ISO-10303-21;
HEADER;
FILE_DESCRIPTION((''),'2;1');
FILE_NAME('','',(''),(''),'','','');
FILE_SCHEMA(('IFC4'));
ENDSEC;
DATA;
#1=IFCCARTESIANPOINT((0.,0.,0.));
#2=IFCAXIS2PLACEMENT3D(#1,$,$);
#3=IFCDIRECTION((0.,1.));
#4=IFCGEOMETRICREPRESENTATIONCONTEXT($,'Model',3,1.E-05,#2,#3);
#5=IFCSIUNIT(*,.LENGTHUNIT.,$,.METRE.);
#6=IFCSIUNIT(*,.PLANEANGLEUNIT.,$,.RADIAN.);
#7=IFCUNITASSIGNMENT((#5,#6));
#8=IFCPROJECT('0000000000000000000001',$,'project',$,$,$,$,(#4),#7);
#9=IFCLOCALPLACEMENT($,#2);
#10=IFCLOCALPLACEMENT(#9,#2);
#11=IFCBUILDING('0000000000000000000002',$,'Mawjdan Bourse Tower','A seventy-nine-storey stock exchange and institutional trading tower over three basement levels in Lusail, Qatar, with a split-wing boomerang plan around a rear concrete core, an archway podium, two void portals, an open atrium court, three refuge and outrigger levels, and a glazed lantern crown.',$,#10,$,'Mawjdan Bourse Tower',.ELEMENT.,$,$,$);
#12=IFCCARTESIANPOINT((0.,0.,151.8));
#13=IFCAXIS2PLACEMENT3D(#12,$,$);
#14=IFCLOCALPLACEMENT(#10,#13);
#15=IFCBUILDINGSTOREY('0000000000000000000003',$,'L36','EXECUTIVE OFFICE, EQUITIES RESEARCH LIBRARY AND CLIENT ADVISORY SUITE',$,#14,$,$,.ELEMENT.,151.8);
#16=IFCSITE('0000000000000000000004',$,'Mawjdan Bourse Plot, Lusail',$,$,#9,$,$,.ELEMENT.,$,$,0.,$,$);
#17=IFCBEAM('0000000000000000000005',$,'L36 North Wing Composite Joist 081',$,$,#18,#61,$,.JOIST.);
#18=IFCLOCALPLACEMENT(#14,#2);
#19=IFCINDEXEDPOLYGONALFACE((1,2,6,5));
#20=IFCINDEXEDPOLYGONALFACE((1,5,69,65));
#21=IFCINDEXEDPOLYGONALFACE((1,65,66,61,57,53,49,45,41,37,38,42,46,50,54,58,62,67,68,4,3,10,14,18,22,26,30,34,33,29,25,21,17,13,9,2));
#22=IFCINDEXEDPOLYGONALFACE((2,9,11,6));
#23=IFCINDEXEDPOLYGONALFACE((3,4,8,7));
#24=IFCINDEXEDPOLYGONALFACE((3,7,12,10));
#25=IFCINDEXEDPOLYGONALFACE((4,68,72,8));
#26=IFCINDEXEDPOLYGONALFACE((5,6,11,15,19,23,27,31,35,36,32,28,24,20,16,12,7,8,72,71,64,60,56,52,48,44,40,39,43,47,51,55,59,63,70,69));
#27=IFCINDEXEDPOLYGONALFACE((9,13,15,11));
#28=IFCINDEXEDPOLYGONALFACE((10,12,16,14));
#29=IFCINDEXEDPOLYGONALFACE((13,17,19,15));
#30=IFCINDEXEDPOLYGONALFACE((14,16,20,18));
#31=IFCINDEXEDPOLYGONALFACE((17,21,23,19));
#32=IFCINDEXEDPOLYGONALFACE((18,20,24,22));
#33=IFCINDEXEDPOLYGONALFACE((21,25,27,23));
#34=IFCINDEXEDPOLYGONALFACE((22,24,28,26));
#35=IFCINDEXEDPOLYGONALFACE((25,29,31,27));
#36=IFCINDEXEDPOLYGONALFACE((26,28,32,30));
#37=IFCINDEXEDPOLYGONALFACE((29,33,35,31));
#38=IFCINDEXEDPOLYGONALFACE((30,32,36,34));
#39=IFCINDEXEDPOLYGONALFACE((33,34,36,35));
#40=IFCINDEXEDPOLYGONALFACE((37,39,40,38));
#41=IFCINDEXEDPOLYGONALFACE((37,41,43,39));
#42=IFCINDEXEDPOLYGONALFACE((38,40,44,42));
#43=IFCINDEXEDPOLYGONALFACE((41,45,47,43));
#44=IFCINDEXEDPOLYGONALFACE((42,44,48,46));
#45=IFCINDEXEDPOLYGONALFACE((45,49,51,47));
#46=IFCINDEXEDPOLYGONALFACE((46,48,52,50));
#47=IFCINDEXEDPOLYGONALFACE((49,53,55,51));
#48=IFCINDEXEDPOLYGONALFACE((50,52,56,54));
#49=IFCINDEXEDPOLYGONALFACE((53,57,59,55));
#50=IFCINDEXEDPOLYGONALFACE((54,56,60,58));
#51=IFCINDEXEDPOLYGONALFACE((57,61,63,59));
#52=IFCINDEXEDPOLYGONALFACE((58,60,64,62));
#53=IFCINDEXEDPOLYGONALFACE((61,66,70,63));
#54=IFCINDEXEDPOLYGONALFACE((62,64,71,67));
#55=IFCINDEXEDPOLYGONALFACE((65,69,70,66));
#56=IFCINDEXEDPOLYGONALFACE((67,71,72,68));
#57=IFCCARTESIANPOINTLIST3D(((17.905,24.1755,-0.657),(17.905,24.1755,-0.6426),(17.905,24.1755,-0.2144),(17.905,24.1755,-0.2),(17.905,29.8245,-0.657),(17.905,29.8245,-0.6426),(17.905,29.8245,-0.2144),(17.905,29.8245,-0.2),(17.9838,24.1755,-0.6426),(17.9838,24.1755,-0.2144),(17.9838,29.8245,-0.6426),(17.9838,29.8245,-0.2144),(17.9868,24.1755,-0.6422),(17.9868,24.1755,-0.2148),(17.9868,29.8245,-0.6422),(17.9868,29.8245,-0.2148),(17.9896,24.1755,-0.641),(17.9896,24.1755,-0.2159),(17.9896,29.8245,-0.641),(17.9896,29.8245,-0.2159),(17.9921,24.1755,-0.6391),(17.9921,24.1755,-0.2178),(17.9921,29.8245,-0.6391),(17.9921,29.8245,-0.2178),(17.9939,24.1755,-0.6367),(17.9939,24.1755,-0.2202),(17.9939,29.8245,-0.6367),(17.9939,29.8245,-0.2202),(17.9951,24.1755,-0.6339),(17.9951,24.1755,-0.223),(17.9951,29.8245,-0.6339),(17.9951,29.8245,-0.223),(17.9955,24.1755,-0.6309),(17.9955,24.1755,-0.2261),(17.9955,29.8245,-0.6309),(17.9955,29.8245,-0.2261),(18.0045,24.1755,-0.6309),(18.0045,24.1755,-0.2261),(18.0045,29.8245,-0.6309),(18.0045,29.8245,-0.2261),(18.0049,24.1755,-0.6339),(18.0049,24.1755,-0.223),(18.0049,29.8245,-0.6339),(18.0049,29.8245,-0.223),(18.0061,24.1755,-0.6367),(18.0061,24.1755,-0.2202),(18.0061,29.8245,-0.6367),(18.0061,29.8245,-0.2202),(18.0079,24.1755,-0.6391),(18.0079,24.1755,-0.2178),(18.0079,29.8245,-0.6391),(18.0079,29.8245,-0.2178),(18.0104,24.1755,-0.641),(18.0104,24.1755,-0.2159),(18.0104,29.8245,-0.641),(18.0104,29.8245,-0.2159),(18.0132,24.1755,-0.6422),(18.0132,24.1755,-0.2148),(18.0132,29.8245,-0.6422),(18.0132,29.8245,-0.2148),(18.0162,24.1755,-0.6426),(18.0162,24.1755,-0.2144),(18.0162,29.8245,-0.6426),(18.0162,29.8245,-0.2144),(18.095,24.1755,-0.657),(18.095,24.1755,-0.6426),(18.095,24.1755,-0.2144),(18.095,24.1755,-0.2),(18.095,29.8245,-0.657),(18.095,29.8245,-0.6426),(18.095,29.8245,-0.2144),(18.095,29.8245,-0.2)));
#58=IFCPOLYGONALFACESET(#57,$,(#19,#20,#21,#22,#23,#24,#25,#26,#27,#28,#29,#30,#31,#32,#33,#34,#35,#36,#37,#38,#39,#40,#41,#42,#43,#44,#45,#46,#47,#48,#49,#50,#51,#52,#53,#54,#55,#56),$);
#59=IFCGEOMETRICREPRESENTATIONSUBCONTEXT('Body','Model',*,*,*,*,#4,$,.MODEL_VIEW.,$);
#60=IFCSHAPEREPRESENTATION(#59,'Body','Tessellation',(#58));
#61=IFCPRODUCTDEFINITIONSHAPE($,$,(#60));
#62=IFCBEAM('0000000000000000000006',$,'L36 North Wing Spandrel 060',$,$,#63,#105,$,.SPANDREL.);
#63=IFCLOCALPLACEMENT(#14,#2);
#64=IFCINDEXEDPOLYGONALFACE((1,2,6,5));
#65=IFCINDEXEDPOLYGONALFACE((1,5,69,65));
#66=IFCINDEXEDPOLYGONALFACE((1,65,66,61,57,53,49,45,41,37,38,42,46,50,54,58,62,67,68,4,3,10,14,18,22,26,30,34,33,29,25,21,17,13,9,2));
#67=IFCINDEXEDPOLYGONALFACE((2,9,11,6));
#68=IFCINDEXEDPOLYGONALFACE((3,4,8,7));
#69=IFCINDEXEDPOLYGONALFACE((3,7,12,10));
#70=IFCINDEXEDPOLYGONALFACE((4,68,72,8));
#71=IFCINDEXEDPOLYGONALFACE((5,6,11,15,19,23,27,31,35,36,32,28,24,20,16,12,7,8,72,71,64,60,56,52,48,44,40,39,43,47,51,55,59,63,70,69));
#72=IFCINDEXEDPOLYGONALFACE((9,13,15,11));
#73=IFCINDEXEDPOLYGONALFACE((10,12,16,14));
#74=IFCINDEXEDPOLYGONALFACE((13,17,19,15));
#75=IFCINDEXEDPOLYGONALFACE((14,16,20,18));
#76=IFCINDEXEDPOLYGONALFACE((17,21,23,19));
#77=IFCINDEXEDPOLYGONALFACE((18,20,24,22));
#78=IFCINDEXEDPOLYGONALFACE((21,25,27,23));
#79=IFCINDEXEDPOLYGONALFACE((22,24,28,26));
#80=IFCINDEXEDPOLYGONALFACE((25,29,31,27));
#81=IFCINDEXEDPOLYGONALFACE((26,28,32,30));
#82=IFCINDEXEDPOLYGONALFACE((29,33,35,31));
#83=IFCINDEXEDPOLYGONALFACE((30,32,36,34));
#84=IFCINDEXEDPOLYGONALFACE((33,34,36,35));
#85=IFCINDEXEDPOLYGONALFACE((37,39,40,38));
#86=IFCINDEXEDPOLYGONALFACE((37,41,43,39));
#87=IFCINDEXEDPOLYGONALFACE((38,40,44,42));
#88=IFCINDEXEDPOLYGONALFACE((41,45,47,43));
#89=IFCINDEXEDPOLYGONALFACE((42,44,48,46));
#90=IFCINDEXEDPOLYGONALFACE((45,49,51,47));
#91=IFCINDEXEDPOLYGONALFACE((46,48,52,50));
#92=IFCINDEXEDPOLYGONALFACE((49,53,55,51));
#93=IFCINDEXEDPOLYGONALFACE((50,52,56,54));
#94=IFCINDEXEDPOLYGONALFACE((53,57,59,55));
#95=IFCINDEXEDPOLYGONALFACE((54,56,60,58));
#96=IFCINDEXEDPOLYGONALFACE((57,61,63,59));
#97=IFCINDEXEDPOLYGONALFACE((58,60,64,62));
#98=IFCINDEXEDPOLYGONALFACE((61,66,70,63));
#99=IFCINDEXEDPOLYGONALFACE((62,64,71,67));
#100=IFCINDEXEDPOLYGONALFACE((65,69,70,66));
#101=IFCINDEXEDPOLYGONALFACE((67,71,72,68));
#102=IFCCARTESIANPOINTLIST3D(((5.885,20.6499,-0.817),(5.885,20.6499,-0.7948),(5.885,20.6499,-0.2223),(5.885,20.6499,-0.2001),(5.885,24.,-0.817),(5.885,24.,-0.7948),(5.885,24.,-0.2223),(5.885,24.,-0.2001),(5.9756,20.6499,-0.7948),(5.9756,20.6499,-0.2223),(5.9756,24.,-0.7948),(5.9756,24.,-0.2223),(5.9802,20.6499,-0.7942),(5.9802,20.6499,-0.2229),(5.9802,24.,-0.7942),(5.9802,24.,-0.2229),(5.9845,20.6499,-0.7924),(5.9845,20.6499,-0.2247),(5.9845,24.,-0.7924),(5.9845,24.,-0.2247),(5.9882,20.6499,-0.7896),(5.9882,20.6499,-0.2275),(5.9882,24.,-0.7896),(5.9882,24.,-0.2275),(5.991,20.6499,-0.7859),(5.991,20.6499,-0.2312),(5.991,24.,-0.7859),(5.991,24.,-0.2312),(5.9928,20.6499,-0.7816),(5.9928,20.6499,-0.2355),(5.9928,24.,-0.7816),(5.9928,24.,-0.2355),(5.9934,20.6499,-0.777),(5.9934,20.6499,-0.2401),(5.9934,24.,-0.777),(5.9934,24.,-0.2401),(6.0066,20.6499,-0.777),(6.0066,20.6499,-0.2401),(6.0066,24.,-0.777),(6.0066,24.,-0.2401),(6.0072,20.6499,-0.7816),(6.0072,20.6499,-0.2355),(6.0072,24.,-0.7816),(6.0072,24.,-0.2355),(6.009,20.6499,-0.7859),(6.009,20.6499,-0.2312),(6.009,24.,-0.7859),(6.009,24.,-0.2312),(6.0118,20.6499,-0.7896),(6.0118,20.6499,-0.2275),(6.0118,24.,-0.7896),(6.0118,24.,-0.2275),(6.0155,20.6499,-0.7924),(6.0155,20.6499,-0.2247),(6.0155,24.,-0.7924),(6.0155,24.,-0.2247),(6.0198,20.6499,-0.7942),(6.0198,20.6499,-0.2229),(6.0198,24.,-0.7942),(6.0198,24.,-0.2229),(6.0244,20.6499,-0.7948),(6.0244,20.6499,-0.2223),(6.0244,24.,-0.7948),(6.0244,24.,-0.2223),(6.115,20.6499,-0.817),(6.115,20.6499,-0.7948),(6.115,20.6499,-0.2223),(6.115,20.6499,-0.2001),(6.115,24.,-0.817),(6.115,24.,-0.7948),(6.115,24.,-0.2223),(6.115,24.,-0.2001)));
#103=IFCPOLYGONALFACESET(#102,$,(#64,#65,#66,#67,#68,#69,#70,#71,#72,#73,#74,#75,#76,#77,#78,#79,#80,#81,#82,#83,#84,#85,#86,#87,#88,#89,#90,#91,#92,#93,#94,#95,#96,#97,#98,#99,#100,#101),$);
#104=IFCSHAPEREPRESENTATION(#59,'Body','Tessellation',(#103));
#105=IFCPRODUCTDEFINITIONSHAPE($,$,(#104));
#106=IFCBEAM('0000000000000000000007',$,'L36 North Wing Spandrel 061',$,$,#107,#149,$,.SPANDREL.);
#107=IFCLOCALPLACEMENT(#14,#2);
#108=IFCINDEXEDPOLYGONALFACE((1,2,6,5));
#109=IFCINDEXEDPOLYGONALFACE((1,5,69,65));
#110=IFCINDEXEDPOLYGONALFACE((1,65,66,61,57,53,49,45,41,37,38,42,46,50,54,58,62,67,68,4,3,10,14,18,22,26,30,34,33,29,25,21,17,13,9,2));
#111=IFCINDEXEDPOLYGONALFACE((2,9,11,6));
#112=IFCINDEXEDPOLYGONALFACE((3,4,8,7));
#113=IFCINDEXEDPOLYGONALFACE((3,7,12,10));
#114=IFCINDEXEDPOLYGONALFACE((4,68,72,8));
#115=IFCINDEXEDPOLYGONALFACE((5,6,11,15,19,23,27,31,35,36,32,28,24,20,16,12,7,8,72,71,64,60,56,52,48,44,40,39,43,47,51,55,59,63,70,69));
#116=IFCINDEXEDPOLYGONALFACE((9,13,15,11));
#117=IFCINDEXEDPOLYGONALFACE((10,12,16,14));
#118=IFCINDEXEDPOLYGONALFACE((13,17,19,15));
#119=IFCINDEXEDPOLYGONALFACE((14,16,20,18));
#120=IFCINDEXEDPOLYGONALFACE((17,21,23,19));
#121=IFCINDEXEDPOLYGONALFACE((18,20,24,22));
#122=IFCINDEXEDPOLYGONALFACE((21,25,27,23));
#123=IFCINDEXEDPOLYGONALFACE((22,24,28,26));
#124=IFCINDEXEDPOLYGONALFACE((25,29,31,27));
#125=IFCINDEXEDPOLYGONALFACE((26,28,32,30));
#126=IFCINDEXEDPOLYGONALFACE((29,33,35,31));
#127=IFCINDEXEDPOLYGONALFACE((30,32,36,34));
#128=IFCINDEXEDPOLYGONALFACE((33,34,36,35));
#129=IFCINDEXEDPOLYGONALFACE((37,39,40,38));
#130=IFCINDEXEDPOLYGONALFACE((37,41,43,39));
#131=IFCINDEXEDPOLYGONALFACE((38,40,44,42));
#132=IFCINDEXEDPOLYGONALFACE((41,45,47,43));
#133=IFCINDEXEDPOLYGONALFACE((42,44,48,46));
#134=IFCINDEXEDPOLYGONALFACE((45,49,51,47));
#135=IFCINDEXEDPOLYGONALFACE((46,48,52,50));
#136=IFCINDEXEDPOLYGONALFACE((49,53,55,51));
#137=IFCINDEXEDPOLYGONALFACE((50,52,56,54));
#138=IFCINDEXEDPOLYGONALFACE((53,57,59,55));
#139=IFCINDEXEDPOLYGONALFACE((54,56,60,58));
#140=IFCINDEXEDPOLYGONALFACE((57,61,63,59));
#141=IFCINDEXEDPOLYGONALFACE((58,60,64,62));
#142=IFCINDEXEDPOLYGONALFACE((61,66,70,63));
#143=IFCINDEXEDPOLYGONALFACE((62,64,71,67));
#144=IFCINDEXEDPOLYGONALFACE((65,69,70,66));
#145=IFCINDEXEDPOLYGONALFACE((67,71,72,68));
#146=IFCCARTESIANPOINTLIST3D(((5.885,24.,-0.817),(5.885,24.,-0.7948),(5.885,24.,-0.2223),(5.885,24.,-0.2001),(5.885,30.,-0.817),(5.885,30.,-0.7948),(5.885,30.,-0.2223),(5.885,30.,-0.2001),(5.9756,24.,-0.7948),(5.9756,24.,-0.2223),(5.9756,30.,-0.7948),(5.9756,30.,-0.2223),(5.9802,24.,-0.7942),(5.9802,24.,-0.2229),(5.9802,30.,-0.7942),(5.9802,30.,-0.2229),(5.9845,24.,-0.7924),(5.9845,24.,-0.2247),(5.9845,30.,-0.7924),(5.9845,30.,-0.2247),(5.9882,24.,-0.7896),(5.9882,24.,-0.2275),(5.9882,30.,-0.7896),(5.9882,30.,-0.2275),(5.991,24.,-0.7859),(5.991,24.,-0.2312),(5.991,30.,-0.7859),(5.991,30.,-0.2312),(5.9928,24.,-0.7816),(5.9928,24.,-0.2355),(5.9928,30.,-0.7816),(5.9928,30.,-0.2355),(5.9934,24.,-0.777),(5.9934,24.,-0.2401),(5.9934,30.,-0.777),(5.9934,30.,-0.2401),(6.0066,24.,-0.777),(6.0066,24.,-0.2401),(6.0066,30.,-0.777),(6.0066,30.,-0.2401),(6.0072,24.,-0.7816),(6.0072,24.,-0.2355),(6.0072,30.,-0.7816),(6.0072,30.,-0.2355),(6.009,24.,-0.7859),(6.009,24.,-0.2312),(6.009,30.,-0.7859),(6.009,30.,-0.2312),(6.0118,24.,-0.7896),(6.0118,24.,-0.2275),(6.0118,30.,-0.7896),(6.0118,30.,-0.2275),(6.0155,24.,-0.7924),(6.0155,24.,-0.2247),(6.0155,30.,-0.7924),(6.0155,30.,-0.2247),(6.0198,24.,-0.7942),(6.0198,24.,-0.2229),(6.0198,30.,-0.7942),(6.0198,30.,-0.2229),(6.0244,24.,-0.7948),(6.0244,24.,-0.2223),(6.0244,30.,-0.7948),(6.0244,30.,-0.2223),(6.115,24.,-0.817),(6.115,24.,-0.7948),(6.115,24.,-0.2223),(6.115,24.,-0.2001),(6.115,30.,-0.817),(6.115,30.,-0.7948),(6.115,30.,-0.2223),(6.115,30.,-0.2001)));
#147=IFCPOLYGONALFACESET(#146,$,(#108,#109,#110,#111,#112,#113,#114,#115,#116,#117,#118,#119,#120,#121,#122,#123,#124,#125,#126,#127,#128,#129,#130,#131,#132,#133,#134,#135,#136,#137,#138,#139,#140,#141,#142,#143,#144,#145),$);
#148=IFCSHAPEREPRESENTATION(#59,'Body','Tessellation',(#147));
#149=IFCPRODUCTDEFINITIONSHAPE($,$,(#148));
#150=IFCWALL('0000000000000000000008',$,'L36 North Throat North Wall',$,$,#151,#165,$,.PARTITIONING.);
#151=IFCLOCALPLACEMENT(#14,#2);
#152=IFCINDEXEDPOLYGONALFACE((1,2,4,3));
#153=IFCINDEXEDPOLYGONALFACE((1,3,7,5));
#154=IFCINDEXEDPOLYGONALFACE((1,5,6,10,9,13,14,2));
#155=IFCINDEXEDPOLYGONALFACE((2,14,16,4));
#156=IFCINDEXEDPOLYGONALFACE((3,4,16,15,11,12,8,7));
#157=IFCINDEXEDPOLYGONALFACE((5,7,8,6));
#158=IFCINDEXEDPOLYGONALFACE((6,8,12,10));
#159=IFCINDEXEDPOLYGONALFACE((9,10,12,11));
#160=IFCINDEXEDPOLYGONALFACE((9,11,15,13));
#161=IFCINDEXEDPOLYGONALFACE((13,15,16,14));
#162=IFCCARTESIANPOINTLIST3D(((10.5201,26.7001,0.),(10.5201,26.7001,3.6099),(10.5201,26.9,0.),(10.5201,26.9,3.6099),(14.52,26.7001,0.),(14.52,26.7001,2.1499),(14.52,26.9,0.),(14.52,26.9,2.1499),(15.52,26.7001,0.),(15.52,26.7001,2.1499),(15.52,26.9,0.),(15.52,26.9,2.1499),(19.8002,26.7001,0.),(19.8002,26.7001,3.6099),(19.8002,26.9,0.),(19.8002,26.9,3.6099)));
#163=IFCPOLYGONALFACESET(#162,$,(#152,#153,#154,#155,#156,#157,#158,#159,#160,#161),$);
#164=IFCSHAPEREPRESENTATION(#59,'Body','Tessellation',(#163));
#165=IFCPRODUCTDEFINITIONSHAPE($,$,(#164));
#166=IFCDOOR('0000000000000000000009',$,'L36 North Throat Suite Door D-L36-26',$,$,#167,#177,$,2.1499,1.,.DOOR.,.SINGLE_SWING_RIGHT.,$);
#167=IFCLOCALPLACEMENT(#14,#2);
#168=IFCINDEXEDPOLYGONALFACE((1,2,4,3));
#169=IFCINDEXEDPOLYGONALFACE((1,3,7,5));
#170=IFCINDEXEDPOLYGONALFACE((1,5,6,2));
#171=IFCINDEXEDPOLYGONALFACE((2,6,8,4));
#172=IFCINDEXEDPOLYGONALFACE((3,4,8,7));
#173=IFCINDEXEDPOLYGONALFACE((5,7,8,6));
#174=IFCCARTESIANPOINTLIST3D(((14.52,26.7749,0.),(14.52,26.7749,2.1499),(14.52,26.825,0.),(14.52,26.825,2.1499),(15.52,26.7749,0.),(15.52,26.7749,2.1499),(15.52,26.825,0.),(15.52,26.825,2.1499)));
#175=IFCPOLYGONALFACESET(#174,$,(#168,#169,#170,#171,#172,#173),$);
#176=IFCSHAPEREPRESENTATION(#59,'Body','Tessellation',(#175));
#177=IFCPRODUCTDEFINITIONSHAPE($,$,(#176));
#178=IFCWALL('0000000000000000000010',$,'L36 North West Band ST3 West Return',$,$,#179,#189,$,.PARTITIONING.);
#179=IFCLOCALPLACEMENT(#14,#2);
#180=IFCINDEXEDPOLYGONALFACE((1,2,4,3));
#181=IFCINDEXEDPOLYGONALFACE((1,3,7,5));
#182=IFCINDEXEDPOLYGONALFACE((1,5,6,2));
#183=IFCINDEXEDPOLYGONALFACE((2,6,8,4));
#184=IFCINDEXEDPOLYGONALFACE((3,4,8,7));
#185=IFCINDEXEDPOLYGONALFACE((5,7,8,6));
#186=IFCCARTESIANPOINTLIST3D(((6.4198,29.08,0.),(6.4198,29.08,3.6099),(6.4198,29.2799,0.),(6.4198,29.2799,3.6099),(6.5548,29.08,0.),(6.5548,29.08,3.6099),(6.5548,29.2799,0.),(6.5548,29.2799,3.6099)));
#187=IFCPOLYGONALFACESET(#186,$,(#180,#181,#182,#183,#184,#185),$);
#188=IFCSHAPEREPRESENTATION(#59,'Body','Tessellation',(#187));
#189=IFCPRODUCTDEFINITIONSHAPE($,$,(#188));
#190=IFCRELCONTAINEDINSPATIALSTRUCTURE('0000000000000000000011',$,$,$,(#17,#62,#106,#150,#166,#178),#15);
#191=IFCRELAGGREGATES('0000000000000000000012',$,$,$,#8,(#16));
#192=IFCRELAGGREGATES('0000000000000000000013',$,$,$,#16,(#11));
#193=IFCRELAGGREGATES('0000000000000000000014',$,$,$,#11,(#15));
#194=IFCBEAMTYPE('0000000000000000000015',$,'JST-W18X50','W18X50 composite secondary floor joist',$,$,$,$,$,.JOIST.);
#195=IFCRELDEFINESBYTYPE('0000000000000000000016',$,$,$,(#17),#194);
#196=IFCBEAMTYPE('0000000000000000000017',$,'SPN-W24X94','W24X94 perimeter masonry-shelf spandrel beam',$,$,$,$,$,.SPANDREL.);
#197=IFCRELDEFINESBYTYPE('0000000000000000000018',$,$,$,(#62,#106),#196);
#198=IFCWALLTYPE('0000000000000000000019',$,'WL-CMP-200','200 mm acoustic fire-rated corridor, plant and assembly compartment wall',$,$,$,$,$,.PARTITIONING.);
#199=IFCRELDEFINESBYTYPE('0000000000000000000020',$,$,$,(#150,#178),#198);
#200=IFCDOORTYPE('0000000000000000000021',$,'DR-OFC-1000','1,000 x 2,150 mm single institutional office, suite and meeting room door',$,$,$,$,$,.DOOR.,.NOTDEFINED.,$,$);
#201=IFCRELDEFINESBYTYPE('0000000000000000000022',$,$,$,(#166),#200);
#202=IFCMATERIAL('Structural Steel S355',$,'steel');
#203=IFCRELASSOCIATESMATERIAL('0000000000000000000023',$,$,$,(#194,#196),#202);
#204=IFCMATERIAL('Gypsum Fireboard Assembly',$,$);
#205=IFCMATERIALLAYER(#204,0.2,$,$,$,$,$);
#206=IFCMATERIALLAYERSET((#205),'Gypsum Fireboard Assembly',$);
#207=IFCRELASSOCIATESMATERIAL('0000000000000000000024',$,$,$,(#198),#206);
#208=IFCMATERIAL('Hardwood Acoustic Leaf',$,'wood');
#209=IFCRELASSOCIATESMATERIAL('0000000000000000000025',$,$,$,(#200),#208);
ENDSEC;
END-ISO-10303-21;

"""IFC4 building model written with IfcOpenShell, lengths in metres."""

from ifc_helpers import new_model, si_unit, direction, frame, frame_2d, origin, origin_2d, place, context, subcontext, project, spatial, rectangle, i_section, extrude, material, layer, layer_set, material_profile, profile_set, type_object, element, fill, save


model = new_model("IFC4")

# Units and contexts
model_context = context("Model", 3, precision=1e-05, world=origin(), true_north=direction((0.0, 1.0)))
body_context = subcontext(model_context, "Body", "Model", "MODEL_VIEW")
ifc_project = project(units=[si_unit("LENGTHUNIT", "METRE"), si_unit("PLANEANGLEUNIT", "RADIAN")], contexts=[model_context])

# Site, building, storey
site_placement = place(None, origin())
site = spatial("IfcSite", under=ifc_project, at=site_placement, Name="Mawjdan Bourse Plot, Lusail", CompositionType="ELEMENT", RefElevation=0.0)
building_placement = place(site_placement, origin())
building = spatial("IfcBuilding", under=site, at=building_placement, Name="Mawjdan Bourse Tower", Description="A seventy-nine-storey stock exchange and institutional trading tower over three basement levels in Lusail, Qatar, with a split-wing boomerang plan around a rear concrete core, an archway podium, two void portals, an open atrium court, three refuge and outrigger levels, and a glazed lantern crown.", LongName="Mawjdan Bourse Tower", CompositionType="ELEMENT")
storey_placement = place(building_placement, frame((0.0, 0.0, 151.8)))
storey = spatial("IfcBuildingStorey", under=building, at=storey_placement, Name="L36", Description="EXECUTIVE OFFICE, EQUITIES RESEARCH LIBRARY AND CLIENT ADVISORY SUITE", CompositionType="ELEMENT", Elevation=151.8)

# Beams
ifc_material_1 = material(Name="Structural Steel S355", Category="steel")
ifc_material_profile_1 = material_profile(ifc_material_1, i_section(OverallWidth=0.1899, OverallDepth=0.457, WebThickness=0.009, FlangeThickness=0.0144, FilletRadius=0.0117, at=origin_2d()), Name="W18X50")
ifc_profile_set_1 = profile_set([ifc_material_profile_1], Name="Structural Steel S355")
beam_type_1 = type_object("IfcBeamType", Name="JST-W18X50", Description="W18X50 composite secondary floor joist", PredefinedType="JOIST", material=ifc_profile_set_1)
beam_1_placement = place(storey_placement, frame((18.0, 24.1755, -0.4285), z_axis=(0.0, 1.0, 0.0), x_axis=(-1.0, 0.0, 0.0)))
element("IfcBeam", 1, at=beam_1_placement, inside=storey, type_object=beam_type_1, Name="L36 North Wing Composite Joist 081", PredefinedType="JOIST", context=body_context, shape_type="SweptSolid", body=[
    extrude(i_section(OverallWidth=0.1899, OverallDepth=0.457, WebThickness=0.009, FlangeThickness=0.0144, FilletRadius=0.0117, at=origin_2d()), origin(), (0.0, 0.0, 1.0), 5.6489),
])
ifc_material_profile_2 = material_profile(ifc_material_1, i_section(OverallWidth=0.23, OverallDepth=0.6169, WebThickness=0.0132, FlangeThickness=0.0222, FilletRadius=0.0178, at=origin_2d()), Name="W24X94")
ifc_profile_set_2 = profile_set([ifc_material_profile_2], Name="Structural Steel S355")
beam_type_2 = type_object("IfcBeamType", Name="SPN-W24X94", Description="W24X94 perimeter masonry-shelf spandrel beam", PredefinedType="SPANDREL", material=ifc_profile_set_2)
beam_2_placement = place(storey_placement, frame((6.0, 20.6499, -0.5085), z_axis=(0.0, 1.0, 0.0), x_axis=(-1.0, 0.0, 0.0)))
element("IfcBeam", 2, at=beam_2_placement, inside=storey, type_object=beam_type_2, Name="L36 North Wing Spandrel 060", PredefinedType="SPANDREL", context=body_context, shape_type="SweptSolid", body=[
    extrude(i_section(OverallWidth=0.23, OverallDepth=0.6169, WebThickness=0.0132, FlangeThickness=0.0222, FilletRadius=0.0178, at=origin_2d()), origin(), (0.0, 0.0, 1.0), 3.3501),
])
beam_3_placement = place(storey_placement, frame((6.0, 24.0, -0.5085), z_axis=(0.0, 1.0, 0.0), x_axis=(-1.0, 0.0, 0.0)))
element("IfcBeam", 3, at=beam_3_placement, inside=storey, type_object=beam_type_2, Name="L36 North Wing Spandrel 061", PredefinedType="SPANDREL", context=body_context, shape_type="SweptSolid", body=[
    extrude(i_section(OverallWidth=0.23, OverallDepth=0.6169, WebThickness=0.0132, FlangeThickness=0.0222, FilletRadius=0.0178, at=origin_2d()), origin(), (0.0, 0.0, 1.0), 6.0),
])

# Wall, opening, door
ifc_material_2 = material(Name="Gypsum Fireboard Assembly")
ifc_layer_1 = layer(ifc_material_2, 0.2)
ifc_layer_set_1 = layer_set([ifc_layer_1], Name="Gypsum Fireboard Assembly")
wall_type_1 = type_object("IfcWallType", Name="WL-CMP-200", Description="200 mm acoustic fire-rated corridor, plant and assembly compartment wall", PredefinedType="PARTITIONING", material=ifc_layer_set_1)
wall_1_placement = place(storey_placement, frame((10.52, 26.8, 0.0), z_axis=(0.0, 0.0, 1.0), x_axis=(1.0, 0.0, 0.0)))
wall_1 = element("IfcWall", 4, at=wall_1_placement, inside=storey, type_object=wall_type_1, Name="L36 North Throat North Wall", PredefinedType="PARTITIONING", context=body_context, shape_type="SweptSolid", body=[
    extrude(rectangle(XDim=9.28, YDim=0.2, at=frame_2d((4.6401, 0.0))), origin(), (0.0, 0.0, 1.0), 3.6099),
])
opening_1_placement = place(wall_1_placement, frame((4.0, 0.0, 0.0)))
opening_1 = element("IfcOpeningElement", 5, at=opening_1_placement, cuts=wall_1, PredefinedType="OPENING", context=body_context, shape_type="SweptSolid", body=[
    extrude(rectangle(XDim=1.0, YDim=2.1499, at=frame_2d((0.5, 1.075))), frame((0.0, 0.1099, 0.0), z_axis=(0.0, -1.0, 0.0), x_axis=(1.0, 0.0, 0.0)), (0.0, 0.0, 1.0), 0.22),
])
ifc_material_3 = material(Name="Hardwood Acoustic Leaf", Category="wood")
door_type_1 = type_object("IfcDoorType", Name="DR-OFC-1000", Description="1,000 x 2,150 mm single institutional office, suite and meeting room door", OperationType="NOTDEFINED", PredefinedType="DOOR", material=ifc_material_3)
door_1_placement = place(opening_1_placement, origin())
door_1 = element("IfcDoor", 6, at=door_1_placement, inside=storey, type_object=door_type_1, Name="L36 North Throat Suite Door D-L36-26", OperationType="SINGLE_SWING_RIGHT", OverallHeight=2.1499, OverallWidth=1.0, PredefinedType="DOOR", context=body_context, shape_type="SweptSolid", body=[
    extrude(rectangle(XDim=1.0, YDim=2.1499, at=frame_2d((0.5, 1.075))), frame((0.0, 0.0249, 0.0), z_axis=(0.0, -1.0, 0.0), x_axis=(1.0, 0.0, 0.0)), (0.0, 0.0, 1.0), 0.05),
])
fill(opening_1, door_1)

# Wall
wall_2_placement = place(storey_placement, frame((6.4199, 29.1799, 0.0), z_axis=(0.0, 0.0, 1.0), x_axis=(1.0, 0.0, 0.0)))
element("IfcWall", 7, at=wall_2_placement, inside=storey, type_object=wall_type_1, Name="L36 North West Band ST3 West Return", PredefinedType="PARTITIONING", context=body_context, shape_type="SweptSolid", body=[
    extrude(rectangle(XDim=0.135, YDim=0.2, at=frame_2d((0.0674, 0.0))), origin(), (0.0, 0.0, 1.0), 3.6099),
])

save(model, "model.ifc")
